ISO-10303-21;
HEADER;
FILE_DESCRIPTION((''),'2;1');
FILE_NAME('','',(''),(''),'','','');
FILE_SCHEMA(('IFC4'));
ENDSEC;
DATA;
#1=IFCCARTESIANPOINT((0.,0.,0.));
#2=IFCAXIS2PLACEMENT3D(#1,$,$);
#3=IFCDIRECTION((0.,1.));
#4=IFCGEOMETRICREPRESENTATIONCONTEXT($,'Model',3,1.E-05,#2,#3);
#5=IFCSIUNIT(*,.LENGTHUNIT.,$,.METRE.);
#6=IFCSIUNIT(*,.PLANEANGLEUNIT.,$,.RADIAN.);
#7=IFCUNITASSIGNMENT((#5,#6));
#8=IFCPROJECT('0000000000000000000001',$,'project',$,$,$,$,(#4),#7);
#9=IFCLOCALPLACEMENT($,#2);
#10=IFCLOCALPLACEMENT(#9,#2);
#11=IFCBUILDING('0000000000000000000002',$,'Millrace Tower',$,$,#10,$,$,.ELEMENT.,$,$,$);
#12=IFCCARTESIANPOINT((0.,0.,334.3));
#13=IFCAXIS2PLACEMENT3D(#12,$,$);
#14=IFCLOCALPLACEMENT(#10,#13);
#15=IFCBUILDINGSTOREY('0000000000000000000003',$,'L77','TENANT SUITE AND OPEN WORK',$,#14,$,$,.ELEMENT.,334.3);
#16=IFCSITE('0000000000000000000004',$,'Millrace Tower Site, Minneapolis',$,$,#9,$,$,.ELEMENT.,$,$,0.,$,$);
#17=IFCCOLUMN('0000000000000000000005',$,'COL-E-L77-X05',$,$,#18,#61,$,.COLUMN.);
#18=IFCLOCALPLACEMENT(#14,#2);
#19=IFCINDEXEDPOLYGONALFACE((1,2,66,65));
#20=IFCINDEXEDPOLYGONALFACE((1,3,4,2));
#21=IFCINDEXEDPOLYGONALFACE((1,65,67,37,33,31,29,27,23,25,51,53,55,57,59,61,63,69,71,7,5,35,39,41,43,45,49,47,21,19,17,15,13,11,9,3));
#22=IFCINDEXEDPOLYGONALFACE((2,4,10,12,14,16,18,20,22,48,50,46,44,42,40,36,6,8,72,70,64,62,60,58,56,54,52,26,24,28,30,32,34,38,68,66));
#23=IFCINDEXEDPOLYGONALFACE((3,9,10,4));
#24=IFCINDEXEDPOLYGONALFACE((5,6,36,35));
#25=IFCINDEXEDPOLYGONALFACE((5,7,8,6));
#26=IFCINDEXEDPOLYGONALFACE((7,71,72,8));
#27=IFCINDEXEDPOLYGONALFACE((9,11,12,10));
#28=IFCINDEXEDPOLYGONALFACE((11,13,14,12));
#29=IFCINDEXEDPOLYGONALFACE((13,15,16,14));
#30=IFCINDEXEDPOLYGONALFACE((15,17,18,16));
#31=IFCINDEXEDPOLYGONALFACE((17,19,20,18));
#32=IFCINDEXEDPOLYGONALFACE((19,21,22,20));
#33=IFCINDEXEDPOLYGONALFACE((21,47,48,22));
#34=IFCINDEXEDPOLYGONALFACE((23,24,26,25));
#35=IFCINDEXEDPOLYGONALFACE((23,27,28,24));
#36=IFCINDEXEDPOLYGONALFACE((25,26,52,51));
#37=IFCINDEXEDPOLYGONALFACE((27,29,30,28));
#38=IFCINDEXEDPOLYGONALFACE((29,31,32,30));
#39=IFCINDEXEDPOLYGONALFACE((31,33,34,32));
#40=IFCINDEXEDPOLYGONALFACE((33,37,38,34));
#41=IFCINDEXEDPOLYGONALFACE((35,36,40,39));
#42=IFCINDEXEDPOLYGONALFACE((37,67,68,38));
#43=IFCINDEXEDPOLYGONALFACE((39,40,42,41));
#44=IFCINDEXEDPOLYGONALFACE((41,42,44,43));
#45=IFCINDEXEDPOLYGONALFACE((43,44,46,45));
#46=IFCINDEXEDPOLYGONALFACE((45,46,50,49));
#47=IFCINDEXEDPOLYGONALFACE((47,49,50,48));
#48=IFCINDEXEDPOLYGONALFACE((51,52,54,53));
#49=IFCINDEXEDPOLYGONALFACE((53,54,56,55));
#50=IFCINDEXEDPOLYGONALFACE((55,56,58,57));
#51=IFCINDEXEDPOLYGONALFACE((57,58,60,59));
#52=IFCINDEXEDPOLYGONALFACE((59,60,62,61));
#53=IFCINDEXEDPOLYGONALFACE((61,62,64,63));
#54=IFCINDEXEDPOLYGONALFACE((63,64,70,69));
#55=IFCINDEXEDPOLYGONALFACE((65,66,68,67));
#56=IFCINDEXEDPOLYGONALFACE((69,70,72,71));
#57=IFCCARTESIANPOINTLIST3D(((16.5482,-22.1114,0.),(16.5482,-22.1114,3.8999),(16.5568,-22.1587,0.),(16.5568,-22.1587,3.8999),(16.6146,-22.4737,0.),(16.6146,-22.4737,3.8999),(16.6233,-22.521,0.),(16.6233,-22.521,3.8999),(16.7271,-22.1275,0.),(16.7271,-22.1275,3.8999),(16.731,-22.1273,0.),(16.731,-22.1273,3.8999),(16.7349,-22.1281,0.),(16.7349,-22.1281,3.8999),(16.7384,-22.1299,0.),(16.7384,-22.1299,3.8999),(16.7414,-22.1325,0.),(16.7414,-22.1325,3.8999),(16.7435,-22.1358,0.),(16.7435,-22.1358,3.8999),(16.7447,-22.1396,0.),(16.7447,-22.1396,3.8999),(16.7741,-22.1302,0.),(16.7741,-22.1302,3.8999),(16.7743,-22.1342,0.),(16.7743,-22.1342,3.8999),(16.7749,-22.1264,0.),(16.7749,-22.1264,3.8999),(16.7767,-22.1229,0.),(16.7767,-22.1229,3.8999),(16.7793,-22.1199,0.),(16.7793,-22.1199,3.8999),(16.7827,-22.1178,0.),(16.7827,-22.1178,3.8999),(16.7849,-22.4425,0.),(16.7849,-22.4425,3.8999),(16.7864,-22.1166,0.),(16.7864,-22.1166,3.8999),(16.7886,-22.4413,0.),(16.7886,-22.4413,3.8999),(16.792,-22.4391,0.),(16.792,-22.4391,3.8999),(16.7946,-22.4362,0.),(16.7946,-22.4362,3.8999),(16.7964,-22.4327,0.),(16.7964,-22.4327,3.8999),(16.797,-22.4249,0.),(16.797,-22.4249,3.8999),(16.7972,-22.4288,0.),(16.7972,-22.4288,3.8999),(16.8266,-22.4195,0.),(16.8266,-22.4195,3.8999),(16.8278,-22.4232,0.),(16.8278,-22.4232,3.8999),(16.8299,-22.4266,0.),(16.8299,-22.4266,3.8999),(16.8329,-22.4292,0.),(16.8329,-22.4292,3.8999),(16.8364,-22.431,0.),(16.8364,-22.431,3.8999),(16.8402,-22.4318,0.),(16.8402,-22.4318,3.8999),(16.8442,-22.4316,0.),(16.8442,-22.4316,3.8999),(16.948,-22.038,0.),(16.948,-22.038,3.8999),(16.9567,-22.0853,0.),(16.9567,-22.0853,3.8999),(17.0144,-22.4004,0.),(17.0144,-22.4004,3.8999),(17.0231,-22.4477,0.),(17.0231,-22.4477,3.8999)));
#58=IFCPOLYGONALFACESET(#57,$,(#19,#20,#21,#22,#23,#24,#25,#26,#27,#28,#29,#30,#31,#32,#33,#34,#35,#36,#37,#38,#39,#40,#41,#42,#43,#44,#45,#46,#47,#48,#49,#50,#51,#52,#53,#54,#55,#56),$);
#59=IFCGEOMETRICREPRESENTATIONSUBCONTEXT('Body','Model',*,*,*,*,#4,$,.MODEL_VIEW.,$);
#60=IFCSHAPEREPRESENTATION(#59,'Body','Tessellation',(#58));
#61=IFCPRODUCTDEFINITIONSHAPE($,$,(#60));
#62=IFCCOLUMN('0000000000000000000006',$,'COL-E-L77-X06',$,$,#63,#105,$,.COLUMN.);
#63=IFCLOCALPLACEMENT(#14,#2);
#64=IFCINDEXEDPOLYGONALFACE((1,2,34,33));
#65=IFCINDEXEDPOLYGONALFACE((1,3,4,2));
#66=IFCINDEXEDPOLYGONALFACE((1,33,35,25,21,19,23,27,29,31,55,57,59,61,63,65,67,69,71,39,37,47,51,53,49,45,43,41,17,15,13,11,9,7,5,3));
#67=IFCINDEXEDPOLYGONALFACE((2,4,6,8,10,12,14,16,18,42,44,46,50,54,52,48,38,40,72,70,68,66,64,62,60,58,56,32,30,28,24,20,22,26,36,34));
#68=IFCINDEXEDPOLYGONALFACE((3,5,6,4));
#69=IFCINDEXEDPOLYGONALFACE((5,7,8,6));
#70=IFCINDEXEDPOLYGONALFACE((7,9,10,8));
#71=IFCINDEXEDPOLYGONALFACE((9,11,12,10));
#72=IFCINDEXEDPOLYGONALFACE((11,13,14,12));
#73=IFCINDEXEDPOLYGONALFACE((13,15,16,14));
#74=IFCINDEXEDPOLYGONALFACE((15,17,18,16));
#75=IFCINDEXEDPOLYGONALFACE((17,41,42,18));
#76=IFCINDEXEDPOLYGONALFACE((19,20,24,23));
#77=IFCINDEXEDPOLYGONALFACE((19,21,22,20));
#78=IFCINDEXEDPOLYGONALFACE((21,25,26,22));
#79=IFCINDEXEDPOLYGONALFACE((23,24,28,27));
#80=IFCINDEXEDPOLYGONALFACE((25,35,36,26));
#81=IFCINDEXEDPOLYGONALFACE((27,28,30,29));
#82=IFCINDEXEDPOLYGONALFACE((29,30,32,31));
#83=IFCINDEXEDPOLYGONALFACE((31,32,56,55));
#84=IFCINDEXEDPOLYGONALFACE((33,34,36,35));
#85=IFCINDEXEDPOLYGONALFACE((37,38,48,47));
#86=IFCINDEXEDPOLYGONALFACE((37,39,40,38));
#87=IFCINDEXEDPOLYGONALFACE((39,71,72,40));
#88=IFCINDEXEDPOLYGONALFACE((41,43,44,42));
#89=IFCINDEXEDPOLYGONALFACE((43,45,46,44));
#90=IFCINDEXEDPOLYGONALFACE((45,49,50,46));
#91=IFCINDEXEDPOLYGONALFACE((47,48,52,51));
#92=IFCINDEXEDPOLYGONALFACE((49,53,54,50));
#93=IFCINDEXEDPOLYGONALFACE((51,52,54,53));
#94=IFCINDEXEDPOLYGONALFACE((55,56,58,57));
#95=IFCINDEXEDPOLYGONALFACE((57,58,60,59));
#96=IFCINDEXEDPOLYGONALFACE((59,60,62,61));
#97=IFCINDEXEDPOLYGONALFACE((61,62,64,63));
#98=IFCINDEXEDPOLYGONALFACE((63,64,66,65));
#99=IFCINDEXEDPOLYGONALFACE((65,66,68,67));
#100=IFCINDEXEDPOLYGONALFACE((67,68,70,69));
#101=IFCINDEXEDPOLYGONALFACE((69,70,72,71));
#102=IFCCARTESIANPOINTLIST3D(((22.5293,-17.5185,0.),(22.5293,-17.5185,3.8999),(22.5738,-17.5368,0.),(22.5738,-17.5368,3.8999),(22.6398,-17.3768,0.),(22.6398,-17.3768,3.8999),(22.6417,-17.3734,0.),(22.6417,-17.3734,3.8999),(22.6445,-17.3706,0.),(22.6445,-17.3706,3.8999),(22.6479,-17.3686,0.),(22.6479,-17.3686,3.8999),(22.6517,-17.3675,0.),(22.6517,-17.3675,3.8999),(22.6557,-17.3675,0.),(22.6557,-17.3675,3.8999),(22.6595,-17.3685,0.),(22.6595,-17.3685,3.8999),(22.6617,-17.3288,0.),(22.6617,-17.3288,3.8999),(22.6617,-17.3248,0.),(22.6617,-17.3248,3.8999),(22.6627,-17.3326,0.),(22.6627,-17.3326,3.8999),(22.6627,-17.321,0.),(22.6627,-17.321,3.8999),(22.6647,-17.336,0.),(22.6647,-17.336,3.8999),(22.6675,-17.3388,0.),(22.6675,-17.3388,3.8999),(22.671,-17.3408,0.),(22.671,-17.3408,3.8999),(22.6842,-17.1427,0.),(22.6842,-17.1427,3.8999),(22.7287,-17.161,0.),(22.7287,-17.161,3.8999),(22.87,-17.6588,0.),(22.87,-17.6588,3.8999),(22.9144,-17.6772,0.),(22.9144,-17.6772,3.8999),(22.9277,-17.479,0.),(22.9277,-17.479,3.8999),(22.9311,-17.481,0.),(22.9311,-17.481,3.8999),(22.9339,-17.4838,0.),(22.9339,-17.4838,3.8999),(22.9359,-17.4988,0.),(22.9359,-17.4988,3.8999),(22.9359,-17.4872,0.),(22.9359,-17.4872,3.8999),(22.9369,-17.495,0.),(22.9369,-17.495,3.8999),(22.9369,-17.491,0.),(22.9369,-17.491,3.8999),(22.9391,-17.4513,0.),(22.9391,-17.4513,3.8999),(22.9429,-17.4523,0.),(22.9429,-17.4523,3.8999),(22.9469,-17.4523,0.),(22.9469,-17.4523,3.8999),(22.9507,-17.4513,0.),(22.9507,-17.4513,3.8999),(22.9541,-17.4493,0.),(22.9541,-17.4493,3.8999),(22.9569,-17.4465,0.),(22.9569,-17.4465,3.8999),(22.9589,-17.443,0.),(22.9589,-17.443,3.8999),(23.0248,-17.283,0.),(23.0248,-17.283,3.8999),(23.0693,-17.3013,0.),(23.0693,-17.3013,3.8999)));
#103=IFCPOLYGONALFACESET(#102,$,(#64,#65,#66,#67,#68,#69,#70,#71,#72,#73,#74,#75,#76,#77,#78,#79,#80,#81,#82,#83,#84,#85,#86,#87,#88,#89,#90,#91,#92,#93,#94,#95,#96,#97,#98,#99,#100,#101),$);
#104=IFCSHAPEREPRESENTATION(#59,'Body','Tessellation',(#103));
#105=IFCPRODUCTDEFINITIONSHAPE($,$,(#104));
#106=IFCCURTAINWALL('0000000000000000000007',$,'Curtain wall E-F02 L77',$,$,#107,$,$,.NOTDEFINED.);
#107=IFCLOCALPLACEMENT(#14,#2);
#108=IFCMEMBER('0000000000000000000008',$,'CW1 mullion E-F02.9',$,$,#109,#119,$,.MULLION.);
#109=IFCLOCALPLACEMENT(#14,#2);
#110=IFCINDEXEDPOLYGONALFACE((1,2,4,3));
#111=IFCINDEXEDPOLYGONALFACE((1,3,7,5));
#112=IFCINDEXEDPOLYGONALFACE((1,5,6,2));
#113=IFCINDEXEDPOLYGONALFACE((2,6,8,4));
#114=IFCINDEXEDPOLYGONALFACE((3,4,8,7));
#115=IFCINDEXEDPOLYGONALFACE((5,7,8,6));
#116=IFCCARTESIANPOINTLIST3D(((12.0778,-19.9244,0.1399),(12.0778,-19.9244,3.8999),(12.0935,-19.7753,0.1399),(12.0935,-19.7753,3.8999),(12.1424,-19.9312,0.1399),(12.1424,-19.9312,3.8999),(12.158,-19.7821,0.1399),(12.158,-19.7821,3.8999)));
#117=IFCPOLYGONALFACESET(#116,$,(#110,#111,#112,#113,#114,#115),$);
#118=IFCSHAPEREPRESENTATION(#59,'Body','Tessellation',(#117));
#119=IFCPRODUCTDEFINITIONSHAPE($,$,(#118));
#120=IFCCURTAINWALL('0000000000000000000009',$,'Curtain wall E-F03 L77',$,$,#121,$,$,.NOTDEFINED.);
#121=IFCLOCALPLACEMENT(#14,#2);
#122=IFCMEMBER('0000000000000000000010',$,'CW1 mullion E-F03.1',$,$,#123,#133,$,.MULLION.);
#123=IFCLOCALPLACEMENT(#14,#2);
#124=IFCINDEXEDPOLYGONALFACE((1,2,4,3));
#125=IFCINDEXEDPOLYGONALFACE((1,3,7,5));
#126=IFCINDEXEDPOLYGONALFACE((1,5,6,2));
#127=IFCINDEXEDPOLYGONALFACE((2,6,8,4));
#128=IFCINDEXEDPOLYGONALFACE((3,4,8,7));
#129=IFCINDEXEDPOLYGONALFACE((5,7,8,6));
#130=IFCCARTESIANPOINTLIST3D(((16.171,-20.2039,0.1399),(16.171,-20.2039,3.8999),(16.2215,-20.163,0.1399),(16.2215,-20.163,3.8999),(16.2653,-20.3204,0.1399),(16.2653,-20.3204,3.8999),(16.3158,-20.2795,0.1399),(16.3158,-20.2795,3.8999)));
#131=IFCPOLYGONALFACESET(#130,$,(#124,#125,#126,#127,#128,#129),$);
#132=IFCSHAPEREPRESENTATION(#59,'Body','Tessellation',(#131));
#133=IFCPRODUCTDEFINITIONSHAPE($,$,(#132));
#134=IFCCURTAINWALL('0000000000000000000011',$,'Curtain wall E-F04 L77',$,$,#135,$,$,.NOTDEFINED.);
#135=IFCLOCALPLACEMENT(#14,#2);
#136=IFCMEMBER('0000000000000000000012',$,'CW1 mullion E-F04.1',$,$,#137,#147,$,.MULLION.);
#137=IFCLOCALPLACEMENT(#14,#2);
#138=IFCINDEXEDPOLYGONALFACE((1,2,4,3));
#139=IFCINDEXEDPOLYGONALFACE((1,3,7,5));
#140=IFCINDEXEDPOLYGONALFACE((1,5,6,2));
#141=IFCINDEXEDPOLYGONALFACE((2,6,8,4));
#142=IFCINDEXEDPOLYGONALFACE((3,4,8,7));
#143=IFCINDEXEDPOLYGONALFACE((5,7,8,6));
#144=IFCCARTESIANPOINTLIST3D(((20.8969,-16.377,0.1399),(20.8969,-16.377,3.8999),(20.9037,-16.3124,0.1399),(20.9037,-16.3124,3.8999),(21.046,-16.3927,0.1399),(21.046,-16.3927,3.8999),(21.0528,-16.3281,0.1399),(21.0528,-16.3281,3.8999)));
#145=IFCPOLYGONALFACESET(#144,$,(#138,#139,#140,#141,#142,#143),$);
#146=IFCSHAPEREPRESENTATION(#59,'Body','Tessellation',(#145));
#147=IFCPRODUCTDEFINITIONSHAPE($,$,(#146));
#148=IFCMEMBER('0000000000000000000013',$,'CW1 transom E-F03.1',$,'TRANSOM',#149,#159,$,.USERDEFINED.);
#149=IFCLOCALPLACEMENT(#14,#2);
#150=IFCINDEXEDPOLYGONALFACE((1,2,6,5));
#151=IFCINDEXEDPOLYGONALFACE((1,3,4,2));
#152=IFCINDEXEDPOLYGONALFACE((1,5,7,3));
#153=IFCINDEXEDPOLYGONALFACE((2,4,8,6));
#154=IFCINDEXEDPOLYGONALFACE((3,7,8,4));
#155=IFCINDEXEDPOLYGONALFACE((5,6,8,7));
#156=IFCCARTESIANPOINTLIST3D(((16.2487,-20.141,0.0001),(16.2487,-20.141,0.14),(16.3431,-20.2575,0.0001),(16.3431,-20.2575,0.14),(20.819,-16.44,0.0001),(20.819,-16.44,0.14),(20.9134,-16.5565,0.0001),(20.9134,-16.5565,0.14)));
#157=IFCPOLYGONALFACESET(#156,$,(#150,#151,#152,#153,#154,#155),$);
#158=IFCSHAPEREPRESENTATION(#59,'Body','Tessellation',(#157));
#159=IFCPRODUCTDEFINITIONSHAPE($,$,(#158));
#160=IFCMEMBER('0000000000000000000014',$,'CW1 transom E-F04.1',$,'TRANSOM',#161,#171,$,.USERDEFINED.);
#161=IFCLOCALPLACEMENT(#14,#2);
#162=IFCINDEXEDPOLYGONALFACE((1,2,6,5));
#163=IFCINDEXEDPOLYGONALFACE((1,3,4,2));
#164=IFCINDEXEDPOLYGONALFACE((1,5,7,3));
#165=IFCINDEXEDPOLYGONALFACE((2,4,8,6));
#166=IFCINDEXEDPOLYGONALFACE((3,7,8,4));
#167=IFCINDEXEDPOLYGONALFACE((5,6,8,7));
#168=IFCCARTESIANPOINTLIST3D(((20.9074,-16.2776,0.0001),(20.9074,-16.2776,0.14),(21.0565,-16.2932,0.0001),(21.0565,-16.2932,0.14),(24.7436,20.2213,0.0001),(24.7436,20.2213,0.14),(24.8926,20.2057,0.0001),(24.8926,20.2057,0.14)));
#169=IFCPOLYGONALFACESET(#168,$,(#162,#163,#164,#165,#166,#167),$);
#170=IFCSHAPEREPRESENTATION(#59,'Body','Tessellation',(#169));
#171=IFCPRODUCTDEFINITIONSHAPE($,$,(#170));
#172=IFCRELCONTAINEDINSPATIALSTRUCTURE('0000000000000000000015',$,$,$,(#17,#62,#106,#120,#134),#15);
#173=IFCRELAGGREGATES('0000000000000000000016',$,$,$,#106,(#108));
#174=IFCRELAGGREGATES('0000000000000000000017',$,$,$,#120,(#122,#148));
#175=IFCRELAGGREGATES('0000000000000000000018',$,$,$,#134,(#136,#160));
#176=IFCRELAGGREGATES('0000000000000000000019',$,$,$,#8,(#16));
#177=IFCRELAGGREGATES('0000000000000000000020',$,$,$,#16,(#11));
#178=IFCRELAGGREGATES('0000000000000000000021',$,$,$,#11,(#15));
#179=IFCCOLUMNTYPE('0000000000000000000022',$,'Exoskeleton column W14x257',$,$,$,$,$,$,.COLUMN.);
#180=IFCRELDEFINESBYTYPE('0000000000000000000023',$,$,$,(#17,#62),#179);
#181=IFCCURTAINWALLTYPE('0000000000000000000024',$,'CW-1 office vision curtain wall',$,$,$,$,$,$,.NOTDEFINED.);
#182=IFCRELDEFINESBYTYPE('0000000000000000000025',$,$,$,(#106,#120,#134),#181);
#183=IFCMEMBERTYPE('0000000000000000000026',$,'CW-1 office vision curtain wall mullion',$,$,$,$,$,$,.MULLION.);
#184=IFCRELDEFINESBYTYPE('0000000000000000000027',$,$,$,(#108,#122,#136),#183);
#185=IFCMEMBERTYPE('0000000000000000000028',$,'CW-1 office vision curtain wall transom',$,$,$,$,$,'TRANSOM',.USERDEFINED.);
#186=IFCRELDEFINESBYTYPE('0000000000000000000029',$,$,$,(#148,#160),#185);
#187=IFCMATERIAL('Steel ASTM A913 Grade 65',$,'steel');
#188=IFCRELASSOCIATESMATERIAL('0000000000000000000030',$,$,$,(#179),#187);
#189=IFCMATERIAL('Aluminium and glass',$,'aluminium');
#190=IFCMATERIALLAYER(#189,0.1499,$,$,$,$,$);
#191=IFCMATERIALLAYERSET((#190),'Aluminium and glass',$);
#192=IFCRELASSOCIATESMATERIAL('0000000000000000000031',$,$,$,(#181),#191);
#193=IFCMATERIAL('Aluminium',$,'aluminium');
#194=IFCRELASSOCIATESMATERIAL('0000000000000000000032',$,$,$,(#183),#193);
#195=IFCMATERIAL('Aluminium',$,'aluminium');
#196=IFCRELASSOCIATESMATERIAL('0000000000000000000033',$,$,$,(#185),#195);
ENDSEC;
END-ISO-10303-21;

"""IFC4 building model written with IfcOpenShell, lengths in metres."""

from ifc_helpers import new_model, si_unit, direction, frame, origin, origin_2d, place, context, subcontext, project, spatial, rectangle, i_section, extrude, material, layer, layer_set, material_profile, profile_set, type_object, element, aggregate, save


model = new_model("IFC4")

# Units and contexts
model_context = context("Model", 3, precision=1e-05, world=origin(), true_north=direction((0.0, 1.0)))
body_context = subcontext(model_context, "Body", "Model", "MODEL_VIEW")
ifc_project = project(units=[si_unit("LENGTHUNIT", "METRE"), si_unit("PLANEANGLEUNIT", "RADIAN")], contexts=[model_context])

# Site, building, storey
site_placement = place(None, origin())
site = spatial("IfcSite", under=ifc_project, at=site_placement, Name="Millrace Tower Site, Minneapolis", CompositionType="ELEMENT", RefElevation=0.0)
building_placement = place(site_placement, origin())
building = spatial("IfcBuilding", under=site, at=building_placement, Name="Millrace Tower", CompositionType="ELEMENT")
storey_placement = place(building_placement, frame((0.0, 0.0, 334.3)))
storey = spatial("IfcBuildingStorey", under=building, at=storey_placement, Name="L77", Description="TENANT SUITE AND OPEN WORK", CompositionType="ELEMENT", Elevation=334.3)

# Columns
ifc_material_1 = material(Name="Steel ASTM A913 Grade 65", Category="steel")
ifc_material_profile_1 = material_profile(ifc_material_1, i_section(OverallWidth=0.4065, OverallDepth=0.4165, WebThickness=0.03, FlangeThickness=0.0481, FilletRadius=0.0151, at=origin_2d()))
ifc_profile_set_1 = profile_set([ifc_material_profile_1], Name="Steel ASTM A913 Grade 65")
column_type = type_object("IfcColumnType", Name="Exoskeleton column W14x257", PredefinedType="COLUMN", material=ifc_profile_set_1)
for number, where, z_axis, x_axis, name in (
    (1, (16.7856, -22.2795, 0.0), (0.0, 0.0, 1.0), (0.983596, 0.180387, 0.0), "COL-E-L77-X05"),
    (2, (22.7993, -17.4099, 0.0), (0.0, 0.0, 1.0), (0.380947, 0.924597, 0.0), "COL-E-L77-X06"),
):
    element("IfcColumn", number, at=place(storey_placement, frame(where, z_axis=z_axis, x_axis=x_axis)), inside=storey, type_object=column_type, Name=name, PredefinedType="COLUMN", context=body_context, shape_type="SweptSolid", body=[
        extrude(i_section(OverallWidth=0.4065, OverallDepth=0.4165, WebThickness=0.03, FlangeThickness=0.0481, FilletRadius=0.0151, at=origin_2d()), origin(), (0.0, 0.0, 1.0), 3.8999),
    ])

# Curtain walls, members
ifc_material_2 = material(Name="Aluminium and glass", Category="aluminium")
ifc_layer_1 = layer(ifc_material_2, 0.1499)
ifc_layer_set_1 = layer_set([ifc_layer_1], Name="Aluminium and glass")
curtain_wall_type = type_object("IfcCurtainWallType", Name="CW-1 office vision curtain wall", PredefinedType="NOTDEFINED", material=ifc_layer_set_1)
placement = place(storey_placement, origin())
curtain_wall_1 = element("IfcCurtainWall", 3, at=placement, inside=storey, type_object=curtain_wall_type, Name="Curtain wall E-F02 L77", PredefinedType="NOTDEFINED")
ifc_material_3 = material(Name="Aluminium", Category="aluminium")
ifc_material_profile_2 = material_profile(ifc_material_3, rectangle(XDim=0.0649, YDim=0.1499, at=origin_2d()))
ifc_profile_set_2 = profile_set([ifc_material_profile_2], Name="Aluminium")
member_type_1 = type_object("IfcMemberType", Name="CW-1 office vision curtain wall mullion", PredefinedType="MULLION", material=ifc_profile_set_2)
member_1_placement = place(storey_placement, frame((12.1179, -19.8533, 0.1399), z_axis=(0.0, 0.0, 1.0), x_axis=(0.994522, -0.104528, 0.0)))
member_1 = element("IfcMember", 4, at=member_1_placement, type_object=member_type_1, Name="CW1 mullion E-F02.9", PredefinedType="MULLION", context=body_context, shape_type="SweptSolid", body=[
    extrude(rectangle(XDim=0.0649, YDim=0.1499, at=origin_2d()), origin(), (0.0, 0.0, 1.0), 3.76),
])
aggregate(curtain_wall_1, [member_1])
curtain_wall_2 = element("IfcCurtainWall", 5, at=placement, inside=storey, type_object=curtain_wall_type, Name="Curtain wall E-F03 L77", PredefinedType="NOTDEFINED")
member_2_placement = place(storey_placement, frame((16.2434, -20.2417, 0.1399), z_axis=(0.0, 0.0, 1.0), x_axis=(0.777146, 0.62932, 0.0)))
member_2 = element("IfcMember", 6, at=member_2_placement, type_object=member_type_1, Name="CW1 mullion E-F03.1", PredefinedType="MULLION", context=body_context, shape_type="SweptSolid", body=[
    extrude(rectangle(XDim=0.0649, YDim=0.1499, at=origin_2d()), origin(), (0.0, 0.0, 1.0), 3.76),
])
curtain_wall_3 = element("IfcCurtainWall", 7, at=placement, inside=storey, type_object=curtain_wall_type, Name="Curtain wall E-F04 L77", PredefinedType="NOTDEFINED")
member_3_placement = place(storey_placement, frame((20.9749, -16.3525, 0.1399), z_axis=(0.0, 0.0, 1.0), x_axis=(0.104528, 0.994522, 0.0)))
member_3 = element("IfcMember", 8, at=member_3_placement, type_object=member_type_1, Name="CW1 mullion E-F04.1", PredefinedType="MULLION", context=body_context, shape_type="SweptSolid", body=[
    extrude(rectangle(XDim=0.0649, YDim=0.1499, at=origin_2d()), origin(), (0.0, 0.0, 1.0), 3.76),
])

# Members
ifc_material_4 = material(Name="Aluminium", Category="aluminium")
ifc_material_profile_3 = material_profile(ifc_material_4, rectangle(XDim=0.1499, YDim=0.1399, at=origin_2d()))
ifc_profile_set_3 = profile_set([ifc_material_profile_3], Name="Aluminium")
member_type_2 = type_object("IfcMemberType", Name="CW-1 office vision curtain wall transom", ElementType="TRANSOM", PredefinedType="USERDEFINED", material=ifc_profile_set_3)
member_4_placement = place(storey_placement, frame((16.2959, -20.1992, 0.0701), z_axis=(0.777149, 0.629316, 0.0), x_axis=(-0.629316, 0.777149, 0.0)))
member_4 = element("IfcMember", 9, at=member_4_placement, type_object=member_type_2, Name="CW1 transom E-F03.1", ObjectType="TRANSOM", PredefinedType="USERDEFINED", context=body_context, shape_type="SweptSolid", body=[
    extrude(rectangle(XDim=0.1499, YDim=0.1399, at=origin_2d()), origin(), (0.0, 0.0, 1.0), 5.8809),
])
aggregate(curtain_wall_2, [member_2, member_4])
member_5_placement = place(storey_placement, frame((20.9819, -16.2854, 0.0701), z_axis=(0.104528, 0.994522, 0.0), x_axis=(-0.994522, 0.104528, 0.0)))
member_5 = element("IfcMember", 10, at=member_5_placement, type_object=member_type_2, Name="CW1 transom E-F04.1", ObjectType="TRANSOM", PredefinedType="USERDEFINED", context=body_context, shape_type="SweptSolid", body=[
    extrude(rectangle(XDim=0.1499, YDim=0.1399, at=origin_2d()), origin(), (0.0, 0.0, 1.0), 36.7),
])
aggregate(curtain_wall_3, [member_3, member_5])

save(model, "model.ifc")
